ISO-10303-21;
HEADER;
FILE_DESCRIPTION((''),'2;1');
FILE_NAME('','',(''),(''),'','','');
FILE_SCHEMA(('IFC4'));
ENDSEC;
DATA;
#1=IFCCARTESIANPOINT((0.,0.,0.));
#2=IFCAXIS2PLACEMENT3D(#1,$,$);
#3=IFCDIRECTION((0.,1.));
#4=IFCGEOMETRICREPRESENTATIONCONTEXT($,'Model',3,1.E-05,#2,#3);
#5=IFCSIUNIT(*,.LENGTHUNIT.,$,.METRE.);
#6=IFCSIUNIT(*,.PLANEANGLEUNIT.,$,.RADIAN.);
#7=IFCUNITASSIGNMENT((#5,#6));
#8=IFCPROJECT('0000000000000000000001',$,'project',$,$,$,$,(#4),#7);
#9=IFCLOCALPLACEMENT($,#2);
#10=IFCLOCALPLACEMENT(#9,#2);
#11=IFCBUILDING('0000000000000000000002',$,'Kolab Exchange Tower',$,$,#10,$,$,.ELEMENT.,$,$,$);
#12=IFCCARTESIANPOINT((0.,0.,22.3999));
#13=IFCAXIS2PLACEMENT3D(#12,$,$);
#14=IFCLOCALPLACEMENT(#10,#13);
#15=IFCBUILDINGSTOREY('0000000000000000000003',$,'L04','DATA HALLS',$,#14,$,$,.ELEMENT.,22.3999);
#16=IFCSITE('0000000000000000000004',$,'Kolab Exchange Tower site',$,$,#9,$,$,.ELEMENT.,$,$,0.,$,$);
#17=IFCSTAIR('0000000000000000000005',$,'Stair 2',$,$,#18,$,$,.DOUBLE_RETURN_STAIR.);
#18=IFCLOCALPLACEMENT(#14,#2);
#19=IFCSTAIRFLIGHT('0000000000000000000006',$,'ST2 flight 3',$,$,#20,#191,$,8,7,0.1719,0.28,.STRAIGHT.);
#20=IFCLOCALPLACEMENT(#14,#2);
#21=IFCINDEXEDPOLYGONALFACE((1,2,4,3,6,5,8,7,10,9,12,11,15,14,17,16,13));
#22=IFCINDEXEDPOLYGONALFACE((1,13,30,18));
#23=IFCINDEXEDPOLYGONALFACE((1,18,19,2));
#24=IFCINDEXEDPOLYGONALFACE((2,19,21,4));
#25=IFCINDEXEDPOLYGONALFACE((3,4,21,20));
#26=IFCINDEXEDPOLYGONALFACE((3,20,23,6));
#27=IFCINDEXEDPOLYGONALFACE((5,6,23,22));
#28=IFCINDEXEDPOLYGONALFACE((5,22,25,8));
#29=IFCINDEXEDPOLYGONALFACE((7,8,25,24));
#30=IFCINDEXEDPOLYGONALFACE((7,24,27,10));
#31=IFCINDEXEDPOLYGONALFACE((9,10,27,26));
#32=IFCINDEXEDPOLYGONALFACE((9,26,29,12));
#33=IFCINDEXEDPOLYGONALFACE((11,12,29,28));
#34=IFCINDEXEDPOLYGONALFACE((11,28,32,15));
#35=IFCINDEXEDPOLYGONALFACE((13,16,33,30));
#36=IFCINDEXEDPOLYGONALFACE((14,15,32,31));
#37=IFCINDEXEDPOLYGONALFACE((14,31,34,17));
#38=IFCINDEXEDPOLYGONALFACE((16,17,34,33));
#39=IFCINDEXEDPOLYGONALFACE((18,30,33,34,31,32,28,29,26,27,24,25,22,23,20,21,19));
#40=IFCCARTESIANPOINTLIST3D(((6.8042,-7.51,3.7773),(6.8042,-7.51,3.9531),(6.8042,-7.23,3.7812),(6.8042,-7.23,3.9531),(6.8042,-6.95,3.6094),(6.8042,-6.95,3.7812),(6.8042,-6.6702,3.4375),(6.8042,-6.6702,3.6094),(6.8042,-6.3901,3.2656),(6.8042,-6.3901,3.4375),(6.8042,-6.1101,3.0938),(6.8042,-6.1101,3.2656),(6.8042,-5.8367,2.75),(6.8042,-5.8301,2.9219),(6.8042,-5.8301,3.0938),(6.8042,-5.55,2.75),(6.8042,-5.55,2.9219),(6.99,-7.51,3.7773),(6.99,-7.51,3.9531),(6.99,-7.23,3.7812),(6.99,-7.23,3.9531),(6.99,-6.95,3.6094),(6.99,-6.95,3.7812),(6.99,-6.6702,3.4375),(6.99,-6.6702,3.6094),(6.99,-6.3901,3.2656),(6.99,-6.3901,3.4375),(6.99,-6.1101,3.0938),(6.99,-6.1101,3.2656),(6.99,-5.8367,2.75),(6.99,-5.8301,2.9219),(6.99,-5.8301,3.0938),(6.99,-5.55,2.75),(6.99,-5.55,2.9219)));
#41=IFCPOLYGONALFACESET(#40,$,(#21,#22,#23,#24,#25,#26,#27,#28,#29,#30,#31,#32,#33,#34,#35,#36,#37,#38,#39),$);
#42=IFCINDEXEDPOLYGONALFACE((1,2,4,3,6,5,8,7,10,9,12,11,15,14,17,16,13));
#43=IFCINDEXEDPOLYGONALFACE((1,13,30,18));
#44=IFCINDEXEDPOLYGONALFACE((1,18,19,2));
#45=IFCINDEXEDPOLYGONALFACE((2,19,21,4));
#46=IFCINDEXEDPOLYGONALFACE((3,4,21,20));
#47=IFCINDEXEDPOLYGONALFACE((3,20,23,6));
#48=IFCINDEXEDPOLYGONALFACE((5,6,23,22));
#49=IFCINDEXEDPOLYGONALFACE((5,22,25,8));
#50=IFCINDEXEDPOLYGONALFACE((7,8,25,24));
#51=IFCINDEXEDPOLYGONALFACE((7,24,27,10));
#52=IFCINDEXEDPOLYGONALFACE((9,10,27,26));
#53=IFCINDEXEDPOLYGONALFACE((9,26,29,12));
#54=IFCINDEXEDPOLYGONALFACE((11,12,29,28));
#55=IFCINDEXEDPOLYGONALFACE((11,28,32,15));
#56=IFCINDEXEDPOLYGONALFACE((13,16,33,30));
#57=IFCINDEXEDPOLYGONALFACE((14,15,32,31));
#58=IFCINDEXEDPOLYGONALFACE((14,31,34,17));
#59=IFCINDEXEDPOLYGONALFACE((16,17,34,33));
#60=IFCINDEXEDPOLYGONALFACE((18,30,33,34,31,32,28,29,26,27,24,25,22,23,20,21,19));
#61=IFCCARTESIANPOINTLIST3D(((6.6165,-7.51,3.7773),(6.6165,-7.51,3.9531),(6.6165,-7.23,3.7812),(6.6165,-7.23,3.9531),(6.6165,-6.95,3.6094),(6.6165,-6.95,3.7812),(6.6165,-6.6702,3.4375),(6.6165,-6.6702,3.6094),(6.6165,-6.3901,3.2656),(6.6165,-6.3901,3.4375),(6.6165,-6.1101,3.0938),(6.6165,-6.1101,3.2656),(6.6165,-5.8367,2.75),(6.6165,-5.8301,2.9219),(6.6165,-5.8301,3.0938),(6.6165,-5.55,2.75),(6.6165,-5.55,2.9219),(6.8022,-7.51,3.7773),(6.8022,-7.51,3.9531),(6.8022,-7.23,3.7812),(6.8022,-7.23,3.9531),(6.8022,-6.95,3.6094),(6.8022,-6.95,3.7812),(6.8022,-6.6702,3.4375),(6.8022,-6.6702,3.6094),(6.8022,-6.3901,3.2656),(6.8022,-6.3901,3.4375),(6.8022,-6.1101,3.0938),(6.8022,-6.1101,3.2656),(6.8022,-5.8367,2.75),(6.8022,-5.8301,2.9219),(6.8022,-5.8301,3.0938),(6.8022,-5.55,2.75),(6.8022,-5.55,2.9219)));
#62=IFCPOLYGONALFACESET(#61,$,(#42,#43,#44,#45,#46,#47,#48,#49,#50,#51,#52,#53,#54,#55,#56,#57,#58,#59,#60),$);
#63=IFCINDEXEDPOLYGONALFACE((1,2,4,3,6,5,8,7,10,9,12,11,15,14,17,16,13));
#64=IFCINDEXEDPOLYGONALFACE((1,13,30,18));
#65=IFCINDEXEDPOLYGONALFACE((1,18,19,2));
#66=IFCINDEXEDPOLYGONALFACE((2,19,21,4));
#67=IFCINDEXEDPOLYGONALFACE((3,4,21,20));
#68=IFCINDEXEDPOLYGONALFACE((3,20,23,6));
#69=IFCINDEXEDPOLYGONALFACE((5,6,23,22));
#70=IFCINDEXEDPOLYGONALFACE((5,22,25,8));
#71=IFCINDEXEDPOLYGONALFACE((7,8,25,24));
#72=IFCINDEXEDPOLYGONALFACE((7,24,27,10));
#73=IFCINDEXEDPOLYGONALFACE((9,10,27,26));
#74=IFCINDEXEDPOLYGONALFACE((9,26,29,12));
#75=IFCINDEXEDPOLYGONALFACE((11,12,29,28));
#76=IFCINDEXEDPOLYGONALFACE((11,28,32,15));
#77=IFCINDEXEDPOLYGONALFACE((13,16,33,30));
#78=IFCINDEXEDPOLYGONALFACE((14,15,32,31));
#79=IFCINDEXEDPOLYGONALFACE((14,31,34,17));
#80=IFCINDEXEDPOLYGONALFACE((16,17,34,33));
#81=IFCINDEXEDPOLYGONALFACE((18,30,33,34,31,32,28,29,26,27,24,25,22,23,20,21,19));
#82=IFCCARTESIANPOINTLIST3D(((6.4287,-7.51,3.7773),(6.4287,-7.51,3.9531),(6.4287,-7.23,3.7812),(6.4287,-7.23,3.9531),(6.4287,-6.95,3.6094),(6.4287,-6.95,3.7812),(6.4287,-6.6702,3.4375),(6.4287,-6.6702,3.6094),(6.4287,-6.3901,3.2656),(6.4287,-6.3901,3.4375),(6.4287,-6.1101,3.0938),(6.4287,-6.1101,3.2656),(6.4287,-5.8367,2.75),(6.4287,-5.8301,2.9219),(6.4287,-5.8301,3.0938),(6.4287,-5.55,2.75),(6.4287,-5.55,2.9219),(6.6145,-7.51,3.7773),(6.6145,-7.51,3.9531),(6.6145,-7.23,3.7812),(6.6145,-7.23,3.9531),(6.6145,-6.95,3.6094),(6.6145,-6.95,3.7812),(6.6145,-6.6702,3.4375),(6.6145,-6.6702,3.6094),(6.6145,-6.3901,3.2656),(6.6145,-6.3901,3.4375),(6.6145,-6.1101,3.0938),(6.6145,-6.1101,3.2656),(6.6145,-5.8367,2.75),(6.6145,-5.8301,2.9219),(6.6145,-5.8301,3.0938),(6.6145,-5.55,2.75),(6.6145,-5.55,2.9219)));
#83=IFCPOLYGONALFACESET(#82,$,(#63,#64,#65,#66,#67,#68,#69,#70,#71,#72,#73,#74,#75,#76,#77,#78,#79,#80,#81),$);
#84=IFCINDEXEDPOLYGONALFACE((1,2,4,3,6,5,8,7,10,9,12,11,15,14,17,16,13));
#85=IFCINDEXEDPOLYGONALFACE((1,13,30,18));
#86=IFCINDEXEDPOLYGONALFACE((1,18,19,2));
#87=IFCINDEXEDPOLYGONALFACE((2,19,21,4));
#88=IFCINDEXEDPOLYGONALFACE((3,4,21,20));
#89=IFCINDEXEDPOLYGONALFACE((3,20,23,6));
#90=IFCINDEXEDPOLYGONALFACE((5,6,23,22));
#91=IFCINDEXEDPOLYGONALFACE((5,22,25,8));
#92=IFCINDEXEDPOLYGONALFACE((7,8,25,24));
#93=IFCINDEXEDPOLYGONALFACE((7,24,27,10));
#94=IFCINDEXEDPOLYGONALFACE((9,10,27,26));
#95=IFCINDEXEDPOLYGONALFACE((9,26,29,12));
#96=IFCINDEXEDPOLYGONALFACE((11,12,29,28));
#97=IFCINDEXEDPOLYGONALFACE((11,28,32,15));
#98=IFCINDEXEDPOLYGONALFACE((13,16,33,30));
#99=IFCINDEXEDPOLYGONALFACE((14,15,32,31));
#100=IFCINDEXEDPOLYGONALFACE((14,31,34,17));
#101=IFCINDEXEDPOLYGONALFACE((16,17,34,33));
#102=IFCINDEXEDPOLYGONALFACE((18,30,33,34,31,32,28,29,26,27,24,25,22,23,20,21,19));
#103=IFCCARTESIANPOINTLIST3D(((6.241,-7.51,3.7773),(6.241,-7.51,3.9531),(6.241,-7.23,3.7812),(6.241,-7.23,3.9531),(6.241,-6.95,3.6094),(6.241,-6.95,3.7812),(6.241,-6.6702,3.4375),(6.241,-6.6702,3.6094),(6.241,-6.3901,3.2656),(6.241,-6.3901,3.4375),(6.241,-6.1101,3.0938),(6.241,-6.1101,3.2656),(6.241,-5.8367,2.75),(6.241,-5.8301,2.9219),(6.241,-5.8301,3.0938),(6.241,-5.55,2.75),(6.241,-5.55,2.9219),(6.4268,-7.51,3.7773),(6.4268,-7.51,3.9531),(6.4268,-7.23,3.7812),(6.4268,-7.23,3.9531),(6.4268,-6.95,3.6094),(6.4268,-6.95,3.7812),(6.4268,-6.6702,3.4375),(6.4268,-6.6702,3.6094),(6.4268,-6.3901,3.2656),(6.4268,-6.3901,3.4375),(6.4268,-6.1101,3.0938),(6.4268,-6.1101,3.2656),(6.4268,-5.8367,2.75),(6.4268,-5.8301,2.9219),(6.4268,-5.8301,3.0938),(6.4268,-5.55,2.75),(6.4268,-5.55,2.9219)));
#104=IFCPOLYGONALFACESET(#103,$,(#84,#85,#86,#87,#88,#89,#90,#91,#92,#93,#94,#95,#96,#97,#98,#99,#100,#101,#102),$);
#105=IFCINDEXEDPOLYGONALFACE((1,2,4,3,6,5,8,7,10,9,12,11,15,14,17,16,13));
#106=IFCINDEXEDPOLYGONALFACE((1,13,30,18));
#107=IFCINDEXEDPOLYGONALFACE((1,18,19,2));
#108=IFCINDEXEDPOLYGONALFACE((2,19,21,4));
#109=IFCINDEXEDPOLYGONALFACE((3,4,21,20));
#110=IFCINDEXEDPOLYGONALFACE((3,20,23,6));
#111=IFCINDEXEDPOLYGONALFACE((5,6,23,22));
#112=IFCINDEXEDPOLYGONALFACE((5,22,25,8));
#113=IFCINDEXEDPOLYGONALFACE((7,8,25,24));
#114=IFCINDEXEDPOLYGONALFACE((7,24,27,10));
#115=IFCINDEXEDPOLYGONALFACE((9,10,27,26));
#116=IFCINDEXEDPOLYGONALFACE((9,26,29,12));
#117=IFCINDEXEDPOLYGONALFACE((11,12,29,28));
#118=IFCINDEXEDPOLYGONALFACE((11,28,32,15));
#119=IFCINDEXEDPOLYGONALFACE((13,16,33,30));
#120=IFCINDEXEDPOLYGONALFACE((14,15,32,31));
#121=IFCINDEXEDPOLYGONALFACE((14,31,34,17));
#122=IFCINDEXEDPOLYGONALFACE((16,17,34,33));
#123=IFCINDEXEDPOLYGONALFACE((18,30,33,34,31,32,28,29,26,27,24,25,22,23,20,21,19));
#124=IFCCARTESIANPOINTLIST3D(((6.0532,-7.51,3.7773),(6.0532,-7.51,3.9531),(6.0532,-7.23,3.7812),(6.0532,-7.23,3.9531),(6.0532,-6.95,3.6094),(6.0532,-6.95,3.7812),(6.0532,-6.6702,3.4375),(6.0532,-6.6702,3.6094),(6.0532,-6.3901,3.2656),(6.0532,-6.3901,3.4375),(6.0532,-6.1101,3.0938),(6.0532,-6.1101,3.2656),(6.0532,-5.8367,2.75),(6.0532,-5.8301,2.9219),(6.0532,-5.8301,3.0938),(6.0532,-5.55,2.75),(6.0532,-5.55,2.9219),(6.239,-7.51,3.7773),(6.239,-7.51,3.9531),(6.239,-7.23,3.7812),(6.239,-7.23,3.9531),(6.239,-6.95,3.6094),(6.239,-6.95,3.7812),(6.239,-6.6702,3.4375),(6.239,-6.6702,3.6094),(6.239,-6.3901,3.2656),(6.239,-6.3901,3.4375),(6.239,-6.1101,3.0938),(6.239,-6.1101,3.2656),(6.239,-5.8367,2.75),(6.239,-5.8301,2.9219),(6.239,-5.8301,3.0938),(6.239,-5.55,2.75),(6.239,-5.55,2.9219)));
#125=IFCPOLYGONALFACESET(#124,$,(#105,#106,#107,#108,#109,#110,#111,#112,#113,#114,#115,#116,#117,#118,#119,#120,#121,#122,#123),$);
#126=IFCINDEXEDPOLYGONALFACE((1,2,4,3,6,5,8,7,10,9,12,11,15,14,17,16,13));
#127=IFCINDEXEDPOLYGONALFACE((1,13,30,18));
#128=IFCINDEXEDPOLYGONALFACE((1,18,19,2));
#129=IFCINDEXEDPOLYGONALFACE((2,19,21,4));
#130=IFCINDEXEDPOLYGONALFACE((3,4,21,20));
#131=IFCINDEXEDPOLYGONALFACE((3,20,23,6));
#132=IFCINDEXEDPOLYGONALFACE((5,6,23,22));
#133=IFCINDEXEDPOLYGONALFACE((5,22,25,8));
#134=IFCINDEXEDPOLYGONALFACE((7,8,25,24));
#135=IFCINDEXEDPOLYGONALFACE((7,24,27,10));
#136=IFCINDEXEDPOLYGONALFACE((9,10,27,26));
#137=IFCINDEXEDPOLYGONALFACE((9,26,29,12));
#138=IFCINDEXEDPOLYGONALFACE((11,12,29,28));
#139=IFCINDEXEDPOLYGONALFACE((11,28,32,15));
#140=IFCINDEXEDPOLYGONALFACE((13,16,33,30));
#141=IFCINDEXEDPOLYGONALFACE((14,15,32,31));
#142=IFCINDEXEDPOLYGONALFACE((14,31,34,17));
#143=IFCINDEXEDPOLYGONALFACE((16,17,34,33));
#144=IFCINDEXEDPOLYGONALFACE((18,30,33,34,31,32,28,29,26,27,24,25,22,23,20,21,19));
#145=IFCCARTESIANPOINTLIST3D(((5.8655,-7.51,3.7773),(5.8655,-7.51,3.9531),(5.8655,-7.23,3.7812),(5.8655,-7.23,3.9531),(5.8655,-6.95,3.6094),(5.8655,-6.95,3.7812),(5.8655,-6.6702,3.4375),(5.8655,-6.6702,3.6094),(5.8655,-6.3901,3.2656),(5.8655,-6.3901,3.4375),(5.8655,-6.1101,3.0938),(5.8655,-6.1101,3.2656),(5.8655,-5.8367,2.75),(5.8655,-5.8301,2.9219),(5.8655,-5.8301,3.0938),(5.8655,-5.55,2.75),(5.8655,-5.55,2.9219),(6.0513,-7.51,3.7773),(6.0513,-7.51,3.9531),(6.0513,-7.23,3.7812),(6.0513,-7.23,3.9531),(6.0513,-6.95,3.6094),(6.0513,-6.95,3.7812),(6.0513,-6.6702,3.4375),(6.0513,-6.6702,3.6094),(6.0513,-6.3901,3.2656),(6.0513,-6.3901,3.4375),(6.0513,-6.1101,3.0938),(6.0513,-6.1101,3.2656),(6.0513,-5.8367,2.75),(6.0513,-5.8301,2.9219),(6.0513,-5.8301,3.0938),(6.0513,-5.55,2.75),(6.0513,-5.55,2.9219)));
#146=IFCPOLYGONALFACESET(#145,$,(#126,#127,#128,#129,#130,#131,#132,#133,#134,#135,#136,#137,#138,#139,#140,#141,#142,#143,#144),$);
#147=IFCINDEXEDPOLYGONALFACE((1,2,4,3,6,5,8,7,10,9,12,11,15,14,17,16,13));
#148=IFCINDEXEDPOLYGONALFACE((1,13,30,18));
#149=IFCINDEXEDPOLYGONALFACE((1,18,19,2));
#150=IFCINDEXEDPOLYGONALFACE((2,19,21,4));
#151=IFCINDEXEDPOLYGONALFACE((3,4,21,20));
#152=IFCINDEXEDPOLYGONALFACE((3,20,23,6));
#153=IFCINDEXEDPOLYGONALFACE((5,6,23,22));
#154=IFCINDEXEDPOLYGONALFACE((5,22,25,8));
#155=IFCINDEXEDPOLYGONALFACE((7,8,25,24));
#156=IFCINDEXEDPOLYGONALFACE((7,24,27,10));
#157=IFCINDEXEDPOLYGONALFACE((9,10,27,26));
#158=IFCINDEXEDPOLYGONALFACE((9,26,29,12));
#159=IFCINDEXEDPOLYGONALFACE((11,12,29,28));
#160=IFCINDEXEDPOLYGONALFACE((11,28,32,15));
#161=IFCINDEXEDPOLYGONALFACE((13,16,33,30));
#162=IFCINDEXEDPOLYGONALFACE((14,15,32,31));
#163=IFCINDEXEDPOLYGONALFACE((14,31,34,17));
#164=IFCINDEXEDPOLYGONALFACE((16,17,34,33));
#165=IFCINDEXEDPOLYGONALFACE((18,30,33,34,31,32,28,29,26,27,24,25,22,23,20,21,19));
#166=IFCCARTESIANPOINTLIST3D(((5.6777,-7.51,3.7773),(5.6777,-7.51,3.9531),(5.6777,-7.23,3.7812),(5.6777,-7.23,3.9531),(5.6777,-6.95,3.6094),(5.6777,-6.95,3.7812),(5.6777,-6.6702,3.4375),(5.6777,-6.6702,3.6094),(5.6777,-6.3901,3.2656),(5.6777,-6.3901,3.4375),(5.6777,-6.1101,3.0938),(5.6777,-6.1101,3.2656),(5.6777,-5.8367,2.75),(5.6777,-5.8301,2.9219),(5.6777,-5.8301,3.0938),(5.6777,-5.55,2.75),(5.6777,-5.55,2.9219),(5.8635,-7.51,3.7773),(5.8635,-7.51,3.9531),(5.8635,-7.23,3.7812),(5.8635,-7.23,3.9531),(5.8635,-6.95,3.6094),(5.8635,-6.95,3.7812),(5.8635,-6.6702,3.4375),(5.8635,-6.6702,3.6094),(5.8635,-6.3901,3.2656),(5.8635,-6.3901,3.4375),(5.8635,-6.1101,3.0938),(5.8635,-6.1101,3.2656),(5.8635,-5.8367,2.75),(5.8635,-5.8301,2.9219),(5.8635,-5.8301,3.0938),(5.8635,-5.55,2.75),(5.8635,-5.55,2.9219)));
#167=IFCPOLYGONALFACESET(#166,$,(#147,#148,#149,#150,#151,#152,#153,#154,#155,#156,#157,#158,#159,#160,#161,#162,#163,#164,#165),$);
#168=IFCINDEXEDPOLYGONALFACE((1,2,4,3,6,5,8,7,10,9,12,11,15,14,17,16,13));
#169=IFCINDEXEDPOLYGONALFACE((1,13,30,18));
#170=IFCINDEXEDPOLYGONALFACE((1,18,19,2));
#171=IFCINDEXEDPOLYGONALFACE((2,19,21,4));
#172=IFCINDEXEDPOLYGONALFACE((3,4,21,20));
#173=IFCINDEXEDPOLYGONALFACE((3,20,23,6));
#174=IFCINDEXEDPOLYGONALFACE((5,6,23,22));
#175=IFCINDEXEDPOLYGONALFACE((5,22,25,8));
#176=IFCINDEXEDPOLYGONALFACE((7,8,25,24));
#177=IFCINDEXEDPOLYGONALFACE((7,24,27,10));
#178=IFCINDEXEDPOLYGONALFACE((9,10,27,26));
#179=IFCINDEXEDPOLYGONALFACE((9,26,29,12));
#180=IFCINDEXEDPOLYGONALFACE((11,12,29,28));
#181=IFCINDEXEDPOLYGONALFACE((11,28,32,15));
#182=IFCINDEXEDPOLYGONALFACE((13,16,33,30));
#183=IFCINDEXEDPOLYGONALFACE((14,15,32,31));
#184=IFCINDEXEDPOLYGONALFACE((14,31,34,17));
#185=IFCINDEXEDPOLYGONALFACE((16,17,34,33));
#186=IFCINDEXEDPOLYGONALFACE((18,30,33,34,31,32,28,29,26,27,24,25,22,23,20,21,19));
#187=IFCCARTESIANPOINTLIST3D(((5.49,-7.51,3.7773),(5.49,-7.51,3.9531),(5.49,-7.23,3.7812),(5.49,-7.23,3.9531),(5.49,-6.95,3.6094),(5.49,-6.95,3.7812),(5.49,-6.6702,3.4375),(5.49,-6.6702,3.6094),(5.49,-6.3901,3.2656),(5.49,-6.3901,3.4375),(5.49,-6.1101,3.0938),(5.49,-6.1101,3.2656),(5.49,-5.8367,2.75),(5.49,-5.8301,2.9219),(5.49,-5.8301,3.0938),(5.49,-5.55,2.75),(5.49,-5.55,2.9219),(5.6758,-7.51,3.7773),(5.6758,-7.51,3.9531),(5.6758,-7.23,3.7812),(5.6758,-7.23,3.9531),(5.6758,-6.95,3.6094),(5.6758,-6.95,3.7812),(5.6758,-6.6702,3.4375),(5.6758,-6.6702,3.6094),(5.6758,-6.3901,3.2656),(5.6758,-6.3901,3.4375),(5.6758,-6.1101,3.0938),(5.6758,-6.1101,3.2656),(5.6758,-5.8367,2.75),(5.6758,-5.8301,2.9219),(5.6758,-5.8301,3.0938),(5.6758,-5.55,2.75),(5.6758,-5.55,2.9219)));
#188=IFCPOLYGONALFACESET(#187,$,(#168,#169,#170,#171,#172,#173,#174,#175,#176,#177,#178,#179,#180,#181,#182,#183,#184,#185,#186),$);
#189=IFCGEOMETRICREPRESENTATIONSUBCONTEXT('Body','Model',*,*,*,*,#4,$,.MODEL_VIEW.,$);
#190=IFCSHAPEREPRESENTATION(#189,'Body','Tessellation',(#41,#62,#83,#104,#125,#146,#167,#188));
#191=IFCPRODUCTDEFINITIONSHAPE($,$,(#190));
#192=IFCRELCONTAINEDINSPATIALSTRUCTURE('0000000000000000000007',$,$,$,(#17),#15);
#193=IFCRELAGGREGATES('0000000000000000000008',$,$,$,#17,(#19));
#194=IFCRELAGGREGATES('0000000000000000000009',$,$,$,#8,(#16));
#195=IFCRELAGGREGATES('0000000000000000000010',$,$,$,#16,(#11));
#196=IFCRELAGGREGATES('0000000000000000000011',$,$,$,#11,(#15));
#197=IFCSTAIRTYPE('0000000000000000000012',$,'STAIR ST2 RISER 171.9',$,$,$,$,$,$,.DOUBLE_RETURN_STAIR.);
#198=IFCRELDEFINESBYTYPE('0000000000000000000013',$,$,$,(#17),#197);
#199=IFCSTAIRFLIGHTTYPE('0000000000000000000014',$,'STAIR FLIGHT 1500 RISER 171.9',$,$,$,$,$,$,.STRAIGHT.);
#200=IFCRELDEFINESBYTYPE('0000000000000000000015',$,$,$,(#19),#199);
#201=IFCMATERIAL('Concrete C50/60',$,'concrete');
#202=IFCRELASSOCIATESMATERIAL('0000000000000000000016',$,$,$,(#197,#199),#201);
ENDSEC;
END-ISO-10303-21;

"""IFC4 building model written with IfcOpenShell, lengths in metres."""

from ifc_helpers import new_model, si_unit, direction, frame, origin, place, context, subcontext, project, spatial, polyline, outline, extrude, material, type_object, element, aggregate, save


model = new_model("IFC4")

# Units and contexts
model_context = context("Model", 3, precision=1e-05, world=origin(), true_north=direction((0.0, 1.0)))
body_context = subcontext(model_context, "Body", "Model", "MODEL_VIEW")
ifc_project = project(units=[si_unit("LENGTHUNIT", "METRE"), si_unit("PLANEANGLEUNIT", "RADIAN")], contexts=[model_context])

# Site, building, storey
site_placement = place(None, origin())
site = spatial("IfcSite", under=ifc_project, at=site_placement, Name="Kolab Exchange Tower site", CompositionType="ELEMENT", RefElevation=0.0)
building_placement = place(site_placement, origin())
building = spatial("IfcBuilding", under=site, at=building_placement, Name="Kolab Exchange Tower", CompositionType="ELEMENT")
storey_placement = place(building_placement, frame((0.0, 0.0, 22.3999)))
storey = spatial("IfcBuildingStorey", under=building, at=storey_placement, Name="L04", Description="DATA HALLS", CompositionType="ELEMENT", Elevation=22.3999)

# Shared definitions
ifc_material_1 = material(Name="Concrete C50/60", Category="concrete")

# Stair, stair flight
stair_type_1 = type_object("IfcStairType", Name="STAIR ST2 RISER 171.9", PredefinedType="DOUBLE_RETURN_STAIR", material=ifc_material_1)
stair_1_placement = place(storey_placement, origin())
stair_1 = element("IfcStair", 1, at=stair_1_placement, inside=storey, type_object=stair_type_1, Name="Stair 2", PredefinedType="DOUBLE_RETURN_STAIR")
stair_flight_type = type_object("IfcStairFlightType", Name="STAIR FLIGHT 1500 RISER 171.9", PredefinedType="STRAIGHT", material=ifc_material_1)
stair_flight_1_placement = place(storey_placement, frame((6.24, -5.55, 2.75), z_axis=(0.0, 0.0, 1.0), x_axis=(0.0, -1.0, 0.0)))
stair_flight_1 = element("IfcStairFlight", 2, at=stair_flight_1_placement, type_object=stair_flight_type, Name="ST2 flight 3", NumberOfRisers=8, NumberOfTreads=7, PredefinedType="STRAIGHT", RiserHeight=0.1719, TreadLength=0.28, context=body_context, shape_type="SweptSolid", body=[
    extrude(outline(polyline([(0.0, 0.0), (0.0, 0.1719), (0.28, 0.1719), (0.28, 0.3438), (0.5601, 0.3438), (0.5601, 0.5156), (0.8401, 0.5156), (0.8401, 0.6875), (1.1201, 0.6875), (1.1201, 0.8594), (1.3999, 0.8594), (1.3999, 1.0312), (1.6799, 1.0312), (1.6799, 1.2031), (1.96, 1.2031), (1.96, 1.375), (1.96, 1.0273), (0.2866, 0.0), (0.0, 0.0)])), frame((0.0, 0.75, 0.0), z_axis=(0.0, -1.0, 0.0), x_axis=(1.0, 0.0, 0.0)), (0.0, 0.0, 1.0), 0.1858),
    extrude(outline(polyline([(0.0, 0.0), (0.0, 0.1719), (0.28, 0.1719), (0.28, 0.3438), (0.5601, 0.3438), (0.5601, 0.5156), (0.8401, 0.5156), (0.8401, 0.6875), (1.1201, 0.6875), (1.1201, 0.8594), (1.3999, 0.8594), (1.3999, 1.0312), (1.6799, 1.0312), (1.6799, 1.2031), (1.96, 1.2031), (1.96, 1.375), (1.96, 1.0273), (0.2866, 0.0), (0.0, 0.0)])), frame((0.0, 0.5623, 0.0), z_axis=(0.0, -1.0, 0.0), x_axis=(1.0, 0.0, 0.0)), (0.0, 0.0, 1.0), 0.1858),
    extrude(outline(polyline([(0.0, 0.0), (0.0, 0.1719), (0.28, 0.1719), (0.28, 0.3438), (0.5601, 0.3438), (0.5601, 0.5156), (0.8401, 0.5156), (0.8401, 0.6875), (1.1201, 0.6875), (1.1201, 0.8594), (1.3999, 0.8594), (1.3999, 1.0312), (1.6799, 1.0312), (1.6799, 1.2031), (1.96, 1.2031), (1.96, 1.375), (1.96, 1.0273), (0.2866, 0.0), (0.0, 0.0)])), frame((0.0, 0.3745, 0.0), z_axis=(0.0, -1.0, 0.0), x_axis=(1.0, 0.0, 0.0)), (0.0, 0.0, 1.0), 0.1858),
    extrude(outline(polyline([(0.0, 0.0), (0.0, 0.1719), (0.28, 0.1719), (0.28, 0.3438), (0.5601, 0.3438), (0.5601, 0.5156), (0.8401, 0.5156), (0.8401, 0.6875), (1.1201, 0.6875), (1.1201, 0.8594), (1.3999, 0.8594), (1.3999, 1.0312), (1.6799, 1.0312), (1.6799, 1.2031), (1.96, 1.2031), (1.96, 1.375), (1.96, 1.0273), (0.2866, 0.0), (0.0, 0.0)])), frame((0.0, 0.1868, 0.0), z_axis=(0.0, -1.0, 0.0), x_axis=(1.0, 0.0, 0.0)), (0.0, 0.0, 1.0), 0.1858),
    extrude(outline(polyline([(0.0, 0.0), (0.0, 0.1719), (0.28, 0.1719), (0.28, 0.3438), (0.5601, 0.3438), (0.5601, 0.5156), (0.8401, 0.5156), (0.8401, 0.6875), (1.1201, 0.6875), (1.1201, 0.8594), (1.3999, 0.8594), (1.3999, 1.0312), (1.6799, 1.0312), (1.6799, 1.2031), (1.96, 1.2031), (1.96, 1.375), (1.96, 1.0273), (0.2866, 0.0), (0.0, 0.0)])), frame((0.0, -0.001, 0.0), z_axis=(0.0, -1.0, 0.0), x_axis=(1.0, 0.0, 0.0)), (0.0, 0.0, 1.0), 0.1858),
    extrude(outline(polyline([(0.0, 0.0), (0.0, 0.1719), (0.28, 0.1719), (0.28, 0.3438), (0.5601, 0.3438), (0.5601, 0.5156), (0.8401, 0.5156), (0.8401, 0.6875), (1.1201, 0.6875), (1.1201, 0.8594), (1.3999, 0.8594), (1.3999, 1.0312), (1.6799, 1.0312), (1.6799, 1.2031), (1.96, 1.2031), (1.96, 1.375), (1.96, 1.0273), (0.2866, 0.0), (0.0, 0.0)])), frame((0.0, -0.1887, 0.0), z_axis=(0.0, -1.0, 0.0), x_axis=(1.0, 0.0, 0.0)), (0.0, 0.0, 1.0), 0.1858),
    extrude(outline(polyline([(0.0, 0.0), (0.0, 0.1719), (0.28, 0.1719), (0.28, 0.3438), (0.5601, 0.3438), (0.5601, 0.5156), (0.8401, 0.5156), (0.8401, 0.6875), (1.1201, 0.6875), (1.1201, 0.8594), (1.3999, 0.8594), (1.3999, 1.0312), (1.6799, 1.0312), (1.6799, 1.2031), (1.96, 1.2031), (1.96, 1.375), (1.96, 1.0273), (0.2866, 0.0), (0.0, 0.0)])), frame((0.0, -0.3765, 0.0), z_axis=(0.0, -1.0, 0.0), x_axis=(1.0, 0.0, 0.0)), (0.0, 0.0, 1.0), 0.1858),
    extrude(outline(polyline([(0.0, 0.0), (0.0, 0.1719), (0.28, 0.1719), (0.28, 0.3438), (0.5601, 0.3438), (0.5601, 0.5156), (0.8401, 0.5156), (0.8401, 0.6875), (1.1201, 0.6875), (1.1201, 0.8594), (1.3999, 0.8594), (1.3999, 1.0312), (1.6799, 1.0312), (1.6799, 1.2031), (1.96, 1.2031), (1.96, 1.375), (1.96, 1.0273), (0.2866, 0.0), (0.0, 0.0)])), frame((0.0, -0.5642, 0.0), z_axis=(0.0, -1.0, 0.0), x_axis=(1.0, 0.0, 0.0)), (0.0, 0.0, 1.0), 0.1858),
])
aggregate(stair_1, [stair_flight_1])

save(model, "model.ifc")
